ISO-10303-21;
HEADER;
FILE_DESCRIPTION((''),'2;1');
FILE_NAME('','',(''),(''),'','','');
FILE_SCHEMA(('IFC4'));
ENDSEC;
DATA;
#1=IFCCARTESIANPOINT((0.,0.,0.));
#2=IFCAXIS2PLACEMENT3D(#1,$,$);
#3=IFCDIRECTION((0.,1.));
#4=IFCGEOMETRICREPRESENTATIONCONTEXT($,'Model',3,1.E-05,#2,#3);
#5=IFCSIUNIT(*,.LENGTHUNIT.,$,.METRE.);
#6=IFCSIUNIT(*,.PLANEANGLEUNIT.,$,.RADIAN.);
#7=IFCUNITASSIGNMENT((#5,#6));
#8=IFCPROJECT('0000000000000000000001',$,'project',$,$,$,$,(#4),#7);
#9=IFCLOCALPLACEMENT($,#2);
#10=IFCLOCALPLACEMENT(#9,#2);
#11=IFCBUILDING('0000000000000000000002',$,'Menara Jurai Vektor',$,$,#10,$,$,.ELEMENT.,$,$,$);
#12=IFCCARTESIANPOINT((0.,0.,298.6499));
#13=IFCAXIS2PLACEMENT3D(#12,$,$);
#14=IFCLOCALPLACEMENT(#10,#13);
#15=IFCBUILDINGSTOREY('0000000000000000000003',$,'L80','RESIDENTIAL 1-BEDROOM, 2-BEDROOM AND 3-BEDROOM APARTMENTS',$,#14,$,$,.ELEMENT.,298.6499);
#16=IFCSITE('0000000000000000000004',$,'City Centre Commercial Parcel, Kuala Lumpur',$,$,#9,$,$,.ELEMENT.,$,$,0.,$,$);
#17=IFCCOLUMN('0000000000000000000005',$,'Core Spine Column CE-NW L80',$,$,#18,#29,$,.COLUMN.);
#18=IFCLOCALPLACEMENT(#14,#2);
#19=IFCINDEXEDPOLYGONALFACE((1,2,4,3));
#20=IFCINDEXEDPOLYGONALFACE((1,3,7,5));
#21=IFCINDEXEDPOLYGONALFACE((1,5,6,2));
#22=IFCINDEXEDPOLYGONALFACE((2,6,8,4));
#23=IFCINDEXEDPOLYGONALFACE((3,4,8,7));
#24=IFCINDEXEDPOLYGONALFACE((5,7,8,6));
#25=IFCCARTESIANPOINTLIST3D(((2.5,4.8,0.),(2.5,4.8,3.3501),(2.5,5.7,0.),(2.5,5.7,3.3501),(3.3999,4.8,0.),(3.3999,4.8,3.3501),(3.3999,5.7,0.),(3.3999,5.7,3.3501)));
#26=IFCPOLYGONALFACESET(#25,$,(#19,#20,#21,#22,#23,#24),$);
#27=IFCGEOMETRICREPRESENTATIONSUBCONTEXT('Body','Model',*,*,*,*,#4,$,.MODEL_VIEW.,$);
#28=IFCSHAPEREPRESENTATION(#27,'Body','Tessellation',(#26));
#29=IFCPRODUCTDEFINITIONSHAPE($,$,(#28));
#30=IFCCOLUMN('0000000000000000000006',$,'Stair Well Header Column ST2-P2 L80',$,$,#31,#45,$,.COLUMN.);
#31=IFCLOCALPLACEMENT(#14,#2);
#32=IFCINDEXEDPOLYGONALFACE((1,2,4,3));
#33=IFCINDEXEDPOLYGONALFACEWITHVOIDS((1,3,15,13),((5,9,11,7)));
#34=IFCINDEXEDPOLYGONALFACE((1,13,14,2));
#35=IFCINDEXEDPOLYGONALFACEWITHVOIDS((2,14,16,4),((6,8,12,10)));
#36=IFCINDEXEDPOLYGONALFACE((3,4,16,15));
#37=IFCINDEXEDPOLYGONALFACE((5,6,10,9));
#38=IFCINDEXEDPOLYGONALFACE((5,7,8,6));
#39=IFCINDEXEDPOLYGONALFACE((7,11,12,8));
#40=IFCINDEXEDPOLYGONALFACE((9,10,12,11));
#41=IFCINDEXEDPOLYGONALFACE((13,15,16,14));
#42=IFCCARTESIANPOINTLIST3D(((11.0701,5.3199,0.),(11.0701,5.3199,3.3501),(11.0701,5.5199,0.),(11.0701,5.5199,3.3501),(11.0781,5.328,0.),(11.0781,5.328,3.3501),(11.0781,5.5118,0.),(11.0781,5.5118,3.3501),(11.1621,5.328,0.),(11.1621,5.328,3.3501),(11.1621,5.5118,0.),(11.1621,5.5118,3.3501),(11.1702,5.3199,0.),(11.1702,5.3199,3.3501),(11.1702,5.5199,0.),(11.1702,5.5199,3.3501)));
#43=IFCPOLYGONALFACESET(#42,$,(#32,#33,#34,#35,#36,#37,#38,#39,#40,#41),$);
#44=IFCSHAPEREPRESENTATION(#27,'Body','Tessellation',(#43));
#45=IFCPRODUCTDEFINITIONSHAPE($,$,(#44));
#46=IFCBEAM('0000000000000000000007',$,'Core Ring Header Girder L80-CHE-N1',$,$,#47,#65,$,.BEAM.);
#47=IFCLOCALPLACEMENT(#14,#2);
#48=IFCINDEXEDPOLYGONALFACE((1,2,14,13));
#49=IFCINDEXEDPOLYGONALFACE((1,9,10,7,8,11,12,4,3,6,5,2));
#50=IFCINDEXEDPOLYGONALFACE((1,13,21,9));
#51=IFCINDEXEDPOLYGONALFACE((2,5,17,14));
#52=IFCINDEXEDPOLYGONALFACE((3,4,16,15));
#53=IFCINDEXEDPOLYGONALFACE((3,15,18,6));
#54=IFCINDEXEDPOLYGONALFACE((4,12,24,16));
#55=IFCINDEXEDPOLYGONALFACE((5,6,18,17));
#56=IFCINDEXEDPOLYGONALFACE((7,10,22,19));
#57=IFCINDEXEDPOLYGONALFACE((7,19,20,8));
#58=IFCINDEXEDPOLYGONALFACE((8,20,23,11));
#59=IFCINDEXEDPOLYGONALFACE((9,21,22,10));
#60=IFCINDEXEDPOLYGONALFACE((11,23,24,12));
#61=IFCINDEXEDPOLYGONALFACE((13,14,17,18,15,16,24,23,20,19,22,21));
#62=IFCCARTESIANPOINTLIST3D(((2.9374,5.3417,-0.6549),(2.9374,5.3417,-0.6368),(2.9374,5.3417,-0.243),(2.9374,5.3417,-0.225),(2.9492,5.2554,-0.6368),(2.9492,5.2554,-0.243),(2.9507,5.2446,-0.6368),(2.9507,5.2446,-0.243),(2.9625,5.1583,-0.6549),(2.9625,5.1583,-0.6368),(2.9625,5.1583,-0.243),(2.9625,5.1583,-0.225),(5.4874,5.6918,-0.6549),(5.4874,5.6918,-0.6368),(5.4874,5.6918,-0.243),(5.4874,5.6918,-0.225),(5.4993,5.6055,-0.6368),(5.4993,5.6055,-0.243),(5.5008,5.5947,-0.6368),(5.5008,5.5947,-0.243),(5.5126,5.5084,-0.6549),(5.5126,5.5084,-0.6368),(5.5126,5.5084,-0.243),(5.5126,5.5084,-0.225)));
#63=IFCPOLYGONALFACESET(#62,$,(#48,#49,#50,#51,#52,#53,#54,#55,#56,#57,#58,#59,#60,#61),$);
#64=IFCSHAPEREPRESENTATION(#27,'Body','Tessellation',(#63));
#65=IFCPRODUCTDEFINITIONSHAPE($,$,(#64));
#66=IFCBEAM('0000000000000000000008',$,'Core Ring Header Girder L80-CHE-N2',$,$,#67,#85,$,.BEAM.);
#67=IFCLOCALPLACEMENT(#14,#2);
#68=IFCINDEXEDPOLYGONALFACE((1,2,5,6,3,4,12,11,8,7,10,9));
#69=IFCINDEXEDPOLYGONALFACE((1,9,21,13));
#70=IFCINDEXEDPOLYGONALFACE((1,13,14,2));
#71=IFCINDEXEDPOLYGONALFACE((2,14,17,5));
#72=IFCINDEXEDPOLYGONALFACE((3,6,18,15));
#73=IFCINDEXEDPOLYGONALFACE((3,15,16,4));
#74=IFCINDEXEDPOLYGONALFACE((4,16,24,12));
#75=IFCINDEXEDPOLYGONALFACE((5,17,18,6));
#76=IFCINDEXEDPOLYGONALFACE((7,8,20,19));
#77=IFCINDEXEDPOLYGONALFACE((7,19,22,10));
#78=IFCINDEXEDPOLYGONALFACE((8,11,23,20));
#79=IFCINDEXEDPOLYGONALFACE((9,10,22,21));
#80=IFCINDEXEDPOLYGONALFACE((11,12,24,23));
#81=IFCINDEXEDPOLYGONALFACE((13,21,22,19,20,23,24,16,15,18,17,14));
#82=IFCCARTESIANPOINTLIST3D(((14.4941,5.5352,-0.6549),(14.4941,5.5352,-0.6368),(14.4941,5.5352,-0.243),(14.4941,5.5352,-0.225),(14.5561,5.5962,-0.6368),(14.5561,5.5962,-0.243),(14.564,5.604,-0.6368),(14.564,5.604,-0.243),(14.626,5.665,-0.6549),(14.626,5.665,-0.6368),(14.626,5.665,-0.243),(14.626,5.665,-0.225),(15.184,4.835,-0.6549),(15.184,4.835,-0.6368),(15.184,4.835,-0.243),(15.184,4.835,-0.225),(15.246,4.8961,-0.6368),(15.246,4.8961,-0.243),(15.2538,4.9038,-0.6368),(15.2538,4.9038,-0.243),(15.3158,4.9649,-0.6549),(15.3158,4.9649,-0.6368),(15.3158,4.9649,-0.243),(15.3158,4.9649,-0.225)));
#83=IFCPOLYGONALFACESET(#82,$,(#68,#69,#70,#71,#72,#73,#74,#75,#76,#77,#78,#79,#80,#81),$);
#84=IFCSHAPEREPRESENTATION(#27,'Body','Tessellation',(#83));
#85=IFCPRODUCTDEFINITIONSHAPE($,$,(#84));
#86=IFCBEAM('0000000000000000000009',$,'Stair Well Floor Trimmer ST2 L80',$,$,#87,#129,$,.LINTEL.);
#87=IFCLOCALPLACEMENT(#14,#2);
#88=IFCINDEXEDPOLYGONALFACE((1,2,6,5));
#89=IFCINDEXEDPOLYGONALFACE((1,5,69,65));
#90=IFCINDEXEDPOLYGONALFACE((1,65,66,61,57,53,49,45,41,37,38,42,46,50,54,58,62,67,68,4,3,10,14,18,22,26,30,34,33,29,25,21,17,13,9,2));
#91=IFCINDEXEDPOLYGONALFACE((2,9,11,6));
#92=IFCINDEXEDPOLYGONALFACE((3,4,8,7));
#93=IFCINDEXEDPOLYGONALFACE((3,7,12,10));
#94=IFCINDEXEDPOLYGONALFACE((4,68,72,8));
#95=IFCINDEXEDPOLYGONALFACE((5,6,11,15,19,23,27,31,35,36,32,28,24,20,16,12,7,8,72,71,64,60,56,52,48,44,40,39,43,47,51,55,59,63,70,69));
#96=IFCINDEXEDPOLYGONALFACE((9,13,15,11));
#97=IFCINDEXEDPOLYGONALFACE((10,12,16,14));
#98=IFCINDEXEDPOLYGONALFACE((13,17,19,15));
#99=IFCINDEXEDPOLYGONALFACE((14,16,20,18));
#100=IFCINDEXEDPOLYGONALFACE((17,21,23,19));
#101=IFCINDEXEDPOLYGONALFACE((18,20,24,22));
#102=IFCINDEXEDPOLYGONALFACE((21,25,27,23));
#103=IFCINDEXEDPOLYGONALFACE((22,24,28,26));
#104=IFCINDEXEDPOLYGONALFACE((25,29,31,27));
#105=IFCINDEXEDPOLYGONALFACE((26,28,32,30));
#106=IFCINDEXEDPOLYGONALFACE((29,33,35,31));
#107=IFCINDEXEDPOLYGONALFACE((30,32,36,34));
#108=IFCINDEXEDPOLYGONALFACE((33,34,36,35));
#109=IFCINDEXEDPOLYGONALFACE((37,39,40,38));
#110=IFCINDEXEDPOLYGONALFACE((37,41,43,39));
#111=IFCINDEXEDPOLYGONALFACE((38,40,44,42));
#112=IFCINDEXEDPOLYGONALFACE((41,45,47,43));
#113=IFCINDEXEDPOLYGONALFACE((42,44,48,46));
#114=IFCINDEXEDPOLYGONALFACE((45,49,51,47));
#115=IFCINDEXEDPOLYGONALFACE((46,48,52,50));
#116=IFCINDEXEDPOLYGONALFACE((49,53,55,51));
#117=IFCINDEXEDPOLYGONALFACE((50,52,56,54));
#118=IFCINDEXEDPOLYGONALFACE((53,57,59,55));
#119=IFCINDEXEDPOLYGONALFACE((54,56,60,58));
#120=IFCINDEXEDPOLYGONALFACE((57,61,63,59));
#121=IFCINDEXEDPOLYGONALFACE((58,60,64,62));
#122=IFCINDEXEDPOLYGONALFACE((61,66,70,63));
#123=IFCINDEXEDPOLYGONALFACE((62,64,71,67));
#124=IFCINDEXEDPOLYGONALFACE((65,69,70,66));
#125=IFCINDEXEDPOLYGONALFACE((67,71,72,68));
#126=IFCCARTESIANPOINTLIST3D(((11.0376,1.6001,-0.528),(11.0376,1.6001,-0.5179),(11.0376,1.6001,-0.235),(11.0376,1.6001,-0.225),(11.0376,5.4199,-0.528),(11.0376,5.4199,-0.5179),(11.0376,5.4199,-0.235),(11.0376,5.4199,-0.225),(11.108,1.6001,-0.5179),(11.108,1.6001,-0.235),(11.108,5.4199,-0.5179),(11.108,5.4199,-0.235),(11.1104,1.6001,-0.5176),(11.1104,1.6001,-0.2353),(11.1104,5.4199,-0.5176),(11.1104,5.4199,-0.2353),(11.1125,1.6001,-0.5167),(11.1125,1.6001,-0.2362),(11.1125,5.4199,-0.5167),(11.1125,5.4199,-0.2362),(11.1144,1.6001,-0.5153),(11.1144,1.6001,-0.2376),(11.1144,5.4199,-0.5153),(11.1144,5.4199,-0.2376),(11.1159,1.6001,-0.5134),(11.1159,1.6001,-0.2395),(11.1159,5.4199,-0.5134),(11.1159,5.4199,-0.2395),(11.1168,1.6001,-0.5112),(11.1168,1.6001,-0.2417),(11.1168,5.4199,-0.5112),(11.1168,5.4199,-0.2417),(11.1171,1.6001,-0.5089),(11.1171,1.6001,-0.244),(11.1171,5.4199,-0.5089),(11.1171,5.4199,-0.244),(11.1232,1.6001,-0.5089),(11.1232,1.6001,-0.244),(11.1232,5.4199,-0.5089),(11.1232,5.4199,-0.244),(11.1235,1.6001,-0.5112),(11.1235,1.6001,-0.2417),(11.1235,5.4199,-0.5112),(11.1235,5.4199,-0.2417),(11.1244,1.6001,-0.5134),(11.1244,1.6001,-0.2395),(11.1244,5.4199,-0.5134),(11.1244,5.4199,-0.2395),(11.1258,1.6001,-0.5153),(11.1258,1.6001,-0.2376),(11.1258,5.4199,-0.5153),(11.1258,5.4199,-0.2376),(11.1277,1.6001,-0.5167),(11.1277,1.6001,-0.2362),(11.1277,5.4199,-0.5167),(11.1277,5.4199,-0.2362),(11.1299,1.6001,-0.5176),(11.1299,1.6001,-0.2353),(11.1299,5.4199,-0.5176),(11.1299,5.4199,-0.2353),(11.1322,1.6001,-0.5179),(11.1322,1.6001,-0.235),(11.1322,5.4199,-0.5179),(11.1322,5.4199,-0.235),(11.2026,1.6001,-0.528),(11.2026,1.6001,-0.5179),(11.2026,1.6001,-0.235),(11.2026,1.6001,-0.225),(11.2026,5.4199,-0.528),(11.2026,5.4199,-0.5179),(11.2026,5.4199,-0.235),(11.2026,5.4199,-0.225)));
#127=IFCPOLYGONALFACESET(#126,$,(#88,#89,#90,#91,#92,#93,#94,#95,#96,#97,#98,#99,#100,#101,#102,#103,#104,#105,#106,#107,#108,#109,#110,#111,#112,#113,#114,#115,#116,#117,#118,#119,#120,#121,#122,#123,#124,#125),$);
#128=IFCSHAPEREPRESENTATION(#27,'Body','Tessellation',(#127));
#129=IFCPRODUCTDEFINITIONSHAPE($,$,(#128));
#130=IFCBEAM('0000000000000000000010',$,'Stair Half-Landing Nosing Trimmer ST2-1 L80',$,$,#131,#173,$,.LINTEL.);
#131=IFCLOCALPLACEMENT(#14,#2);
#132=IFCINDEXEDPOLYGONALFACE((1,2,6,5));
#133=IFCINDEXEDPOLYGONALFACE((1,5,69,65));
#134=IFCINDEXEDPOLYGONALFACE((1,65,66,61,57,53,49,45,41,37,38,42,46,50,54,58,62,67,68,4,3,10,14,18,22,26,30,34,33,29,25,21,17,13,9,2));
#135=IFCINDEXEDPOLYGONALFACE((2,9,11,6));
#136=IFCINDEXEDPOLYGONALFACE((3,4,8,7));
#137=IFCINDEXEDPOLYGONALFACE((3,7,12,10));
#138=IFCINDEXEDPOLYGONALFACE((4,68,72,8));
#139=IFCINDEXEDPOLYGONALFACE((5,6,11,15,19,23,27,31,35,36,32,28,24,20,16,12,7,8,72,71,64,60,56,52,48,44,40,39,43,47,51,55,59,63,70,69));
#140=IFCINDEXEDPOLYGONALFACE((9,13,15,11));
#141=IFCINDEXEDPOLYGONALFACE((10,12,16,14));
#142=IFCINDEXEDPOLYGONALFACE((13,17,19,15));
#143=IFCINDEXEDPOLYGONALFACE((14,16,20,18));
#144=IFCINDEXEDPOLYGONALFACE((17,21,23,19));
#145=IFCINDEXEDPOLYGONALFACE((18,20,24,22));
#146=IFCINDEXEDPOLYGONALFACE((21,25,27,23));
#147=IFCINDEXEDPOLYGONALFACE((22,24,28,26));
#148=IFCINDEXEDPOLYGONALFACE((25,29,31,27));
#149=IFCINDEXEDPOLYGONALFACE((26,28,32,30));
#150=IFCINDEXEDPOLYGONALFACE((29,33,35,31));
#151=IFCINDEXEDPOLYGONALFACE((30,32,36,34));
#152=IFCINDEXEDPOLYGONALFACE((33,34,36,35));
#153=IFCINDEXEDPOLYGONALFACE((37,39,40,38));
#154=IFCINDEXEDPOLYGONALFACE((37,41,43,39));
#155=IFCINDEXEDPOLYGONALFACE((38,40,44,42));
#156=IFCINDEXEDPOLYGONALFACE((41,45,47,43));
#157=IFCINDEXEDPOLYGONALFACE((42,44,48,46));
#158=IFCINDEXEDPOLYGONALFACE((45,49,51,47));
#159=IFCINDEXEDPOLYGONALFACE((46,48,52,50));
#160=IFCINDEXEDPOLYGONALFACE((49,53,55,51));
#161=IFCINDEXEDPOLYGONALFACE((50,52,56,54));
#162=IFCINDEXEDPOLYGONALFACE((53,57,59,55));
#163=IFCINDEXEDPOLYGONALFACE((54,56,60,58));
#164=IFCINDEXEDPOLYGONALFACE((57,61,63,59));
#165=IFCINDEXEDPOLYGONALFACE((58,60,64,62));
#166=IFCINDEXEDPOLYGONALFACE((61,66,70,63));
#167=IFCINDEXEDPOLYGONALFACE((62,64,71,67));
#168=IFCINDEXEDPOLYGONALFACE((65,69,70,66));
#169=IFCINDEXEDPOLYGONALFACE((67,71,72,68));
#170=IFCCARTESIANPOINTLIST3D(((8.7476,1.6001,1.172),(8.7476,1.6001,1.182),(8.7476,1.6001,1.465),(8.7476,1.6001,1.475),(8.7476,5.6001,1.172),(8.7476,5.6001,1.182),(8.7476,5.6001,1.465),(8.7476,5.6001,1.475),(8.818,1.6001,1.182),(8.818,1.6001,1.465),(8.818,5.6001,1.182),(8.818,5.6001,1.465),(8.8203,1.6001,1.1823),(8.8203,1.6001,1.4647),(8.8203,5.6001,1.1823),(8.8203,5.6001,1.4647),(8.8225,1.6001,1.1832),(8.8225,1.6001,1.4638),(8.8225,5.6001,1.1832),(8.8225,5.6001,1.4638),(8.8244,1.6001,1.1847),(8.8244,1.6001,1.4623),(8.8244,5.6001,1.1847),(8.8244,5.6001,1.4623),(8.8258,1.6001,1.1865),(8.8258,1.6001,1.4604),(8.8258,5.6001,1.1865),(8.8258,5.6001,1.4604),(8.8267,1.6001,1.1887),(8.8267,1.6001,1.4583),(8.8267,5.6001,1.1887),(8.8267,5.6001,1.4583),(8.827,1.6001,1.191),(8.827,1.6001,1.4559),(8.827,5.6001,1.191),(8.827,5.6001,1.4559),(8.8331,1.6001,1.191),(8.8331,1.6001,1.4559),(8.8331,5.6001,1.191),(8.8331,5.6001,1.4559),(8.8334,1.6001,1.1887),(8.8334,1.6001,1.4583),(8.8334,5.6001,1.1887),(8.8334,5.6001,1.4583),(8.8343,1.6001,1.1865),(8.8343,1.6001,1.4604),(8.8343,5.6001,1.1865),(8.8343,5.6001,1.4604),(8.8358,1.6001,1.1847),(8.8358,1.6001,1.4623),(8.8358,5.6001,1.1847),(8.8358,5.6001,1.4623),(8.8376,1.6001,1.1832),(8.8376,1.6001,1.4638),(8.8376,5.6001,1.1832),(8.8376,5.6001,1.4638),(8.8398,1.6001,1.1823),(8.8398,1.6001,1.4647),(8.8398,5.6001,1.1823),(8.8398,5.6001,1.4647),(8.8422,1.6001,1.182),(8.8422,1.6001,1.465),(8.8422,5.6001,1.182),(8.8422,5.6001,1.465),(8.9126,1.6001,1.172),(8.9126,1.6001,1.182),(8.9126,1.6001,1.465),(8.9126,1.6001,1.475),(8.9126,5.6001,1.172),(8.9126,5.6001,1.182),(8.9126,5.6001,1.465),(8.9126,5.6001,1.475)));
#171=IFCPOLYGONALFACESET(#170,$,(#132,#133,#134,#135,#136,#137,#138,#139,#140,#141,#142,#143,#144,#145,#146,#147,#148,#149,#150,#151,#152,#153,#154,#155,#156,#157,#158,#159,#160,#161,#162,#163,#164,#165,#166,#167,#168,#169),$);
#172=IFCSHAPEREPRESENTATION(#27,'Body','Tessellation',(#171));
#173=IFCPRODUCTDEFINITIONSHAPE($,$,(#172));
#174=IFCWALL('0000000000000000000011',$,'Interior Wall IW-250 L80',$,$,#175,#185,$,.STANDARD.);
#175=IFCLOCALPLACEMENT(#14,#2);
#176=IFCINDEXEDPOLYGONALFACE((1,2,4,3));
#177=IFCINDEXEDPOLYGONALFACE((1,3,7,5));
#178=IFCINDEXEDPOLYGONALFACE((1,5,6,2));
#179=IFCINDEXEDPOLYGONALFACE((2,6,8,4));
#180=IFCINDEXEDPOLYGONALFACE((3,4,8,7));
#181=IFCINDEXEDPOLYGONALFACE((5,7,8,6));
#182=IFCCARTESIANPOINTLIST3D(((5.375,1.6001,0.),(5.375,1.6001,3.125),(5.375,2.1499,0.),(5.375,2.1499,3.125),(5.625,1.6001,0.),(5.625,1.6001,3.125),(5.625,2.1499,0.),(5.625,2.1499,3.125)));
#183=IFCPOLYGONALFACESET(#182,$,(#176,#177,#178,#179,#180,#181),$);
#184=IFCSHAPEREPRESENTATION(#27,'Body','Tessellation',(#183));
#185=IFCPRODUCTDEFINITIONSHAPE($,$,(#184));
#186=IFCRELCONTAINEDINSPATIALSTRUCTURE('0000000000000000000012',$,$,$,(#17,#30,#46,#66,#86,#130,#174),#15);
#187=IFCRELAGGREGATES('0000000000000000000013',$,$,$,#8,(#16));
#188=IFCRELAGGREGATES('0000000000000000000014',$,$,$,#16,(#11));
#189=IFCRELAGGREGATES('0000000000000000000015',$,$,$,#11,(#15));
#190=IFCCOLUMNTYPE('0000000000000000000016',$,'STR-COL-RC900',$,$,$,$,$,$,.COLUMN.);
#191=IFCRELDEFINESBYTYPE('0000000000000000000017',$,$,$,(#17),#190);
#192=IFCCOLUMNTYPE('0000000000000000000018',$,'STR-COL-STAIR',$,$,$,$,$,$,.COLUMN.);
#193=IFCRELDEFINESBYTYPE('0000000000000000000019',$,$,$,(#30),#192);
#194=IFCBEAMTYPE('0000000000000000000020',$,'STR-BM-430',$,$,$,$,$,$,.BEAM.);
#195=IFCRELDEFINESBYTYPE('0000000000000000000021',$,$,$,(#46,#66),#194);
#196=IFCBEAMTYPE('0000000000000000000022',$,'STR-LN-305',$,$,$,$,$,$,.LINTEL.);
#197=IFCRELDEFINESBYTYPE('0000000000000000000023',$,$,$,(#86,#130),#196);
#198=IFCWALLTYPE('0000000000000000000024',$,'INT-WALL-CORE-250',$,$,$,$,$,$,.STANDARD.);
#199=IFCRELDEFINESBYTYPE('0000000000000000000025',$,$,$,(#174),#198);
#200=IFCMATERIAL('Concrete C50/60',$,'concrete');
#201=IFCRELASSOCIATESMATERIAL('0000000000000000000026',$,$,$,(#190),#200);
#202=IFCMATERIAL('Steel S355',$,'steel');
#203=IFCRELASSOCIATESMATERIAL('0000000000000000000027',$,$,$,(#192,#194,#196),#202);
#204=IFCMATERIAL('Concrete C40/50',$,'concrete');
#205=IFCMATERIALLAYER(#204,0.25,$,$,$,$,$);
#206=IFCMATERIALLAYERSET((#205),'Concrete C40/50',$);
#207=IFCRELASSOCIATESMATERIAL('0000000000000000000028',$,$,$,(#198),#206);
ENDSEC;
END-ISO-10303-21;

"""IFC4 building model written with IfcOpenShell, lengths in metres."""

from ifc_helpers import new_model, si_unit, direction, frame, frame_2d, origin, origin_2d, place, context, subcontext, project, spatial, rectangle, hollow_rectangle, i_section, extrude, material, layer, layer_set, material_profile, profile_set, type_object, element, save


model = new_model("IFC4")

# Units and contexts
model_context = context("Model", 3, precision=1e-05, world=origin(), true_north=direction((0.0, 1.0)))
body_context = subcontext(model_context, "Body", "Model", "MODEL_VIEW")
ifc_project = project(units=[si_unit("LENGTHUNIT", "METRE"), si_unit("PLANEANGLEUNIT", "RADIAN")], contexts=[model_context])

# Site, building, storey
site_placement = place(None, origin())
site = spatial("IfcSite", under=ifc_project, at=site_placement, Name="City Centre Commercial Parcel, Kuala Lumpur", CompositionType="ELEMENT", RefElevation=0.0)
building_placement = place(site_placement, origin())
building = spatial("IfcBuilding", under=site, at=building_placement, Name="Menara Jurai Vektor", CompositionType="ELEMENT")
storey_placement = place(building_placement, frame((0.0, 0.0, 298.6499)))
storey = spatial("IfcBuildingStorey", under=building, at=storey_placement, Name="L80", Description="RESIDENTIAL 1-BEDROOM, 2-BEDROOM AND 3-BEDROOM APARTMENTS", CompositionType="ELEMENT", Elevation=298.6499)

# Columns
ifc_material_1 = material(Name="Concrete C50/60", Category="concrete")
ifc_material_profile_1 = material_profile(ifc_material_1, rectangle(XDim=0.8999, YDim=0.8999, at=origin_2d()), Name="RC 900x900")
ifc_profile_set_1 = profile_set([ifc_material_profile_1], Name="Concrete C50/60")
column_type_1 = type_object("IfcColumnType", Name="STR-COL-RC900", PredefinedType="COLUMN", material=ifc_profile_set_1)
column_1_placement = place(storey_placement, frame((2.95, 5.25, 0.0), z_axis=(0.0, 0.0, 1.0), x_axis=(1.0, 0.0, 0.0)))
element("IfcColumn", 1, at=column_1_placement, inside=storey, type_object=column_type_1, Name="Core Spine Column CE-NW L80", PredefinedType="COLUMN", context=body_context, shape_type="SweptSolid", body=[
    extrude(rectangle(XDim=0.8999, YDim=0.8999, at=origin_2d()), origin(), (0.0, 0.0, 1.0), 3.3501),
])
ifc_material_2 = material(Name="Steel S355", Category="steel")
ifc_material_profile_2 = material_profile(ifc_material_2, hollow_rectangle(XDim=0.1001, YDim=0.2, WallThickness=0.0081, at=origin_2d()), Name="RHS 200x100x8")
ifc_profile_set_2 = profile_set([ifc_material_profile_2], Name="Steel S355")
column_type_2 = type_object("IfcColumnType", Name="STR-COL-STAIR", PredefinedType="COLUMN", material=ifc_profile_set_2)
column_2_placement = place(storey_placement, frame((11.1201, 5.4199, 0.0), z_axis=(0.0, 0.0, 1.0), x_axis=(1.0, 0.0, 0.0)))
element("IfcColumn", 2, at=column_2_placement, inside=storey, type_object=column_type_2, Name="Stair Well Header Column ST2-P2 L80", PredefinedType="COLUMN", context=body_context, shape_type="SweptSolid", body=[
    extrude(hollow_rectangle(XDim=0.1001, YDim=0.2, WallThickness=0.0081, at=origin_2d()), origin(), (0.0, 0.0, 1.0), 3.3501),
])

# Beams
ifc_material_profile_3 = material_profile(ifc_material_2, i_section(OverallWidth=0.1851, OverallDepth=0.4299, WebThickness=0.011, FlangeThickness=0.0181, at=origin_2d()), Name="PG 430x185x76")
ifc_profile_set_3 = profile_set([ifc_material_profile_3], Name="Steel S355")
beam_type_1 = type_object("IfcBeamType", Name="STR-BM-430", PredefinedType="BEAM", material=ifc_profile_set_3)
beam_1_placement = place(storey_placement, frame((2.95, 5.25, -0.4399), z_axis=(0.990707, 0.136015, 0.0), x_axis=(-0.136015, 0.990707, 0.0)))
element("IfcBeam", 3, at=beam_1_placement, inside=storey, type_object=beam_type_1, Name="Core Ring Header Girder L80-CHE-N1", PredefinedType="BEAM", context=body_context, shape_type="SweptSolid", body=[
    extrude(i_section(OverallWidth=0.1851, OverallDepth=0.4299, WebThickness=0.011, FlangeThickness=0.0181, at=origin_2d()), origin(), (0.0, 0.0, 1.0), 2.574),
])
beam_2_placement = place(storey_placement, frame((14.5601, 5.6001, -0.4399), z_axis=(0.701872, -0.712303, 0.0), x_axis=(0.712303, 0.701872, 0.0)))
element("IfcBeam", 4, at=beam_2_placement, inside=storey, type_object=beam_type_1, Name="Core Ring Header Girder L80-CHE-N2", PredefinedType="BEAM", context=body_context, shape_type="SweptSolid", body=[
    extrude(i_section(OverallWidth=0.1851, OverallDepth=0.4299, WebThickness=0.011, FlangeThickness=0.0181, at=origin_2d()), origin(), (0.0, 0.0, 1.0), 0.9829),
])
ifc_material_profile_4 = material_profile(ifc_material_2, i_section(OverallWidth=0.165, OverallDepth=0.303, WebThickness=0.0061, FlangeThickness=0.01, FilletRadius=0.009, at=origin_2d()), Name="UKB 305x165x40")
ifc_profile_set_4 = profile_set([ifc_material_profile_4], Name="Steel S355")
beam_type_2 = type_object("IfcBeamType", Name="STR-LN-305", PredefinedType="LINTEL", material=ifc_profile_set_4)
beam_3_placement = place(storey_placement, frame((11.1201, 1.6001, -0.3765), z_axis=(0.0, 1.0, 0.0), x_axis=(-1.0, 0.0, 0.0)))
element("IfcBeam", 5, at=beam_3_placement, inside=storey, type_object=beam_type_2, Name="Stair Well Floor Trimmer ST2 L80", PredefinedType="LINTEL", context=body_context, shape_type="SweptSolid", body=[
    extrude(i_section(OverallWidth=0.165, OverallDepth=0.303, WebThickness=0.0061, FlangeThickness=0.01, FilletRadius=0.009, at=origin_2d()), origin(), (0.0, 0.0, 1.0), 3.8198),
])
beam_4_placement = place(storey_placement, frame((8.8301, 1.6001, 1.3235), z_axis=(0.0, 1.0, 0.0), x_axis=(-1.0, 0.0, 0.0)))
element("IfcBeam", 6, at=beam_4_placement, inside=storey, type_object=beam_type_2, Name="Stair Half-Landing Nosing Trimmer ST2-1 L80", PredefinedType="LINTEL", context=body_context, shape_type="SweptSolid", body=[
    extrude(i_section(OverallWidth=0.165, OverallDepth=0.303, WebThickness=0.0061, FlangeThickness=0.01, FilletRadius=0.009, at=origin_2d()), origin(), (0.0, 0.0, 1.0), 4.0),
])

# Shared definitions
ifc_material_3 = material(Name="Concrete C40/50", Category="concrete")
ifc_layer_1 = layer(ifc_material_3, 0.25)
ifc_layer_set_1 = layer_set([ifc_layer_1], Name="Concrete C40/50")
wall_type_1 = type_object("IfcWallType", Name="INT-WALL-CORE-250", PredefinedType="STANDARD", material=ifc_layer_set_1)

# Wall
wall_1_placement = place(storey_placement, frame((5.5, 1.6001, 0.0), z_axis=(0.0, 0.0, 1.0), x_axis=(0.0, 1.0, 0.0)))
element("IfcWall", 7, at=wall_1_placement, inside=storey, type_object=wall_type_1, Name="Interior Wall IW-250 L80", PredefinedType="STANDARD", context=body_context, shape_type="SweptSolid", body=[
    extrude(rectangle(XDim=0.5498, YDim=0.25, at=frame_2d((0.2749, 0.0))), origin(), (0.0, 0.0, 1.0), 3.125),
])

save(model, "model.ifc")
